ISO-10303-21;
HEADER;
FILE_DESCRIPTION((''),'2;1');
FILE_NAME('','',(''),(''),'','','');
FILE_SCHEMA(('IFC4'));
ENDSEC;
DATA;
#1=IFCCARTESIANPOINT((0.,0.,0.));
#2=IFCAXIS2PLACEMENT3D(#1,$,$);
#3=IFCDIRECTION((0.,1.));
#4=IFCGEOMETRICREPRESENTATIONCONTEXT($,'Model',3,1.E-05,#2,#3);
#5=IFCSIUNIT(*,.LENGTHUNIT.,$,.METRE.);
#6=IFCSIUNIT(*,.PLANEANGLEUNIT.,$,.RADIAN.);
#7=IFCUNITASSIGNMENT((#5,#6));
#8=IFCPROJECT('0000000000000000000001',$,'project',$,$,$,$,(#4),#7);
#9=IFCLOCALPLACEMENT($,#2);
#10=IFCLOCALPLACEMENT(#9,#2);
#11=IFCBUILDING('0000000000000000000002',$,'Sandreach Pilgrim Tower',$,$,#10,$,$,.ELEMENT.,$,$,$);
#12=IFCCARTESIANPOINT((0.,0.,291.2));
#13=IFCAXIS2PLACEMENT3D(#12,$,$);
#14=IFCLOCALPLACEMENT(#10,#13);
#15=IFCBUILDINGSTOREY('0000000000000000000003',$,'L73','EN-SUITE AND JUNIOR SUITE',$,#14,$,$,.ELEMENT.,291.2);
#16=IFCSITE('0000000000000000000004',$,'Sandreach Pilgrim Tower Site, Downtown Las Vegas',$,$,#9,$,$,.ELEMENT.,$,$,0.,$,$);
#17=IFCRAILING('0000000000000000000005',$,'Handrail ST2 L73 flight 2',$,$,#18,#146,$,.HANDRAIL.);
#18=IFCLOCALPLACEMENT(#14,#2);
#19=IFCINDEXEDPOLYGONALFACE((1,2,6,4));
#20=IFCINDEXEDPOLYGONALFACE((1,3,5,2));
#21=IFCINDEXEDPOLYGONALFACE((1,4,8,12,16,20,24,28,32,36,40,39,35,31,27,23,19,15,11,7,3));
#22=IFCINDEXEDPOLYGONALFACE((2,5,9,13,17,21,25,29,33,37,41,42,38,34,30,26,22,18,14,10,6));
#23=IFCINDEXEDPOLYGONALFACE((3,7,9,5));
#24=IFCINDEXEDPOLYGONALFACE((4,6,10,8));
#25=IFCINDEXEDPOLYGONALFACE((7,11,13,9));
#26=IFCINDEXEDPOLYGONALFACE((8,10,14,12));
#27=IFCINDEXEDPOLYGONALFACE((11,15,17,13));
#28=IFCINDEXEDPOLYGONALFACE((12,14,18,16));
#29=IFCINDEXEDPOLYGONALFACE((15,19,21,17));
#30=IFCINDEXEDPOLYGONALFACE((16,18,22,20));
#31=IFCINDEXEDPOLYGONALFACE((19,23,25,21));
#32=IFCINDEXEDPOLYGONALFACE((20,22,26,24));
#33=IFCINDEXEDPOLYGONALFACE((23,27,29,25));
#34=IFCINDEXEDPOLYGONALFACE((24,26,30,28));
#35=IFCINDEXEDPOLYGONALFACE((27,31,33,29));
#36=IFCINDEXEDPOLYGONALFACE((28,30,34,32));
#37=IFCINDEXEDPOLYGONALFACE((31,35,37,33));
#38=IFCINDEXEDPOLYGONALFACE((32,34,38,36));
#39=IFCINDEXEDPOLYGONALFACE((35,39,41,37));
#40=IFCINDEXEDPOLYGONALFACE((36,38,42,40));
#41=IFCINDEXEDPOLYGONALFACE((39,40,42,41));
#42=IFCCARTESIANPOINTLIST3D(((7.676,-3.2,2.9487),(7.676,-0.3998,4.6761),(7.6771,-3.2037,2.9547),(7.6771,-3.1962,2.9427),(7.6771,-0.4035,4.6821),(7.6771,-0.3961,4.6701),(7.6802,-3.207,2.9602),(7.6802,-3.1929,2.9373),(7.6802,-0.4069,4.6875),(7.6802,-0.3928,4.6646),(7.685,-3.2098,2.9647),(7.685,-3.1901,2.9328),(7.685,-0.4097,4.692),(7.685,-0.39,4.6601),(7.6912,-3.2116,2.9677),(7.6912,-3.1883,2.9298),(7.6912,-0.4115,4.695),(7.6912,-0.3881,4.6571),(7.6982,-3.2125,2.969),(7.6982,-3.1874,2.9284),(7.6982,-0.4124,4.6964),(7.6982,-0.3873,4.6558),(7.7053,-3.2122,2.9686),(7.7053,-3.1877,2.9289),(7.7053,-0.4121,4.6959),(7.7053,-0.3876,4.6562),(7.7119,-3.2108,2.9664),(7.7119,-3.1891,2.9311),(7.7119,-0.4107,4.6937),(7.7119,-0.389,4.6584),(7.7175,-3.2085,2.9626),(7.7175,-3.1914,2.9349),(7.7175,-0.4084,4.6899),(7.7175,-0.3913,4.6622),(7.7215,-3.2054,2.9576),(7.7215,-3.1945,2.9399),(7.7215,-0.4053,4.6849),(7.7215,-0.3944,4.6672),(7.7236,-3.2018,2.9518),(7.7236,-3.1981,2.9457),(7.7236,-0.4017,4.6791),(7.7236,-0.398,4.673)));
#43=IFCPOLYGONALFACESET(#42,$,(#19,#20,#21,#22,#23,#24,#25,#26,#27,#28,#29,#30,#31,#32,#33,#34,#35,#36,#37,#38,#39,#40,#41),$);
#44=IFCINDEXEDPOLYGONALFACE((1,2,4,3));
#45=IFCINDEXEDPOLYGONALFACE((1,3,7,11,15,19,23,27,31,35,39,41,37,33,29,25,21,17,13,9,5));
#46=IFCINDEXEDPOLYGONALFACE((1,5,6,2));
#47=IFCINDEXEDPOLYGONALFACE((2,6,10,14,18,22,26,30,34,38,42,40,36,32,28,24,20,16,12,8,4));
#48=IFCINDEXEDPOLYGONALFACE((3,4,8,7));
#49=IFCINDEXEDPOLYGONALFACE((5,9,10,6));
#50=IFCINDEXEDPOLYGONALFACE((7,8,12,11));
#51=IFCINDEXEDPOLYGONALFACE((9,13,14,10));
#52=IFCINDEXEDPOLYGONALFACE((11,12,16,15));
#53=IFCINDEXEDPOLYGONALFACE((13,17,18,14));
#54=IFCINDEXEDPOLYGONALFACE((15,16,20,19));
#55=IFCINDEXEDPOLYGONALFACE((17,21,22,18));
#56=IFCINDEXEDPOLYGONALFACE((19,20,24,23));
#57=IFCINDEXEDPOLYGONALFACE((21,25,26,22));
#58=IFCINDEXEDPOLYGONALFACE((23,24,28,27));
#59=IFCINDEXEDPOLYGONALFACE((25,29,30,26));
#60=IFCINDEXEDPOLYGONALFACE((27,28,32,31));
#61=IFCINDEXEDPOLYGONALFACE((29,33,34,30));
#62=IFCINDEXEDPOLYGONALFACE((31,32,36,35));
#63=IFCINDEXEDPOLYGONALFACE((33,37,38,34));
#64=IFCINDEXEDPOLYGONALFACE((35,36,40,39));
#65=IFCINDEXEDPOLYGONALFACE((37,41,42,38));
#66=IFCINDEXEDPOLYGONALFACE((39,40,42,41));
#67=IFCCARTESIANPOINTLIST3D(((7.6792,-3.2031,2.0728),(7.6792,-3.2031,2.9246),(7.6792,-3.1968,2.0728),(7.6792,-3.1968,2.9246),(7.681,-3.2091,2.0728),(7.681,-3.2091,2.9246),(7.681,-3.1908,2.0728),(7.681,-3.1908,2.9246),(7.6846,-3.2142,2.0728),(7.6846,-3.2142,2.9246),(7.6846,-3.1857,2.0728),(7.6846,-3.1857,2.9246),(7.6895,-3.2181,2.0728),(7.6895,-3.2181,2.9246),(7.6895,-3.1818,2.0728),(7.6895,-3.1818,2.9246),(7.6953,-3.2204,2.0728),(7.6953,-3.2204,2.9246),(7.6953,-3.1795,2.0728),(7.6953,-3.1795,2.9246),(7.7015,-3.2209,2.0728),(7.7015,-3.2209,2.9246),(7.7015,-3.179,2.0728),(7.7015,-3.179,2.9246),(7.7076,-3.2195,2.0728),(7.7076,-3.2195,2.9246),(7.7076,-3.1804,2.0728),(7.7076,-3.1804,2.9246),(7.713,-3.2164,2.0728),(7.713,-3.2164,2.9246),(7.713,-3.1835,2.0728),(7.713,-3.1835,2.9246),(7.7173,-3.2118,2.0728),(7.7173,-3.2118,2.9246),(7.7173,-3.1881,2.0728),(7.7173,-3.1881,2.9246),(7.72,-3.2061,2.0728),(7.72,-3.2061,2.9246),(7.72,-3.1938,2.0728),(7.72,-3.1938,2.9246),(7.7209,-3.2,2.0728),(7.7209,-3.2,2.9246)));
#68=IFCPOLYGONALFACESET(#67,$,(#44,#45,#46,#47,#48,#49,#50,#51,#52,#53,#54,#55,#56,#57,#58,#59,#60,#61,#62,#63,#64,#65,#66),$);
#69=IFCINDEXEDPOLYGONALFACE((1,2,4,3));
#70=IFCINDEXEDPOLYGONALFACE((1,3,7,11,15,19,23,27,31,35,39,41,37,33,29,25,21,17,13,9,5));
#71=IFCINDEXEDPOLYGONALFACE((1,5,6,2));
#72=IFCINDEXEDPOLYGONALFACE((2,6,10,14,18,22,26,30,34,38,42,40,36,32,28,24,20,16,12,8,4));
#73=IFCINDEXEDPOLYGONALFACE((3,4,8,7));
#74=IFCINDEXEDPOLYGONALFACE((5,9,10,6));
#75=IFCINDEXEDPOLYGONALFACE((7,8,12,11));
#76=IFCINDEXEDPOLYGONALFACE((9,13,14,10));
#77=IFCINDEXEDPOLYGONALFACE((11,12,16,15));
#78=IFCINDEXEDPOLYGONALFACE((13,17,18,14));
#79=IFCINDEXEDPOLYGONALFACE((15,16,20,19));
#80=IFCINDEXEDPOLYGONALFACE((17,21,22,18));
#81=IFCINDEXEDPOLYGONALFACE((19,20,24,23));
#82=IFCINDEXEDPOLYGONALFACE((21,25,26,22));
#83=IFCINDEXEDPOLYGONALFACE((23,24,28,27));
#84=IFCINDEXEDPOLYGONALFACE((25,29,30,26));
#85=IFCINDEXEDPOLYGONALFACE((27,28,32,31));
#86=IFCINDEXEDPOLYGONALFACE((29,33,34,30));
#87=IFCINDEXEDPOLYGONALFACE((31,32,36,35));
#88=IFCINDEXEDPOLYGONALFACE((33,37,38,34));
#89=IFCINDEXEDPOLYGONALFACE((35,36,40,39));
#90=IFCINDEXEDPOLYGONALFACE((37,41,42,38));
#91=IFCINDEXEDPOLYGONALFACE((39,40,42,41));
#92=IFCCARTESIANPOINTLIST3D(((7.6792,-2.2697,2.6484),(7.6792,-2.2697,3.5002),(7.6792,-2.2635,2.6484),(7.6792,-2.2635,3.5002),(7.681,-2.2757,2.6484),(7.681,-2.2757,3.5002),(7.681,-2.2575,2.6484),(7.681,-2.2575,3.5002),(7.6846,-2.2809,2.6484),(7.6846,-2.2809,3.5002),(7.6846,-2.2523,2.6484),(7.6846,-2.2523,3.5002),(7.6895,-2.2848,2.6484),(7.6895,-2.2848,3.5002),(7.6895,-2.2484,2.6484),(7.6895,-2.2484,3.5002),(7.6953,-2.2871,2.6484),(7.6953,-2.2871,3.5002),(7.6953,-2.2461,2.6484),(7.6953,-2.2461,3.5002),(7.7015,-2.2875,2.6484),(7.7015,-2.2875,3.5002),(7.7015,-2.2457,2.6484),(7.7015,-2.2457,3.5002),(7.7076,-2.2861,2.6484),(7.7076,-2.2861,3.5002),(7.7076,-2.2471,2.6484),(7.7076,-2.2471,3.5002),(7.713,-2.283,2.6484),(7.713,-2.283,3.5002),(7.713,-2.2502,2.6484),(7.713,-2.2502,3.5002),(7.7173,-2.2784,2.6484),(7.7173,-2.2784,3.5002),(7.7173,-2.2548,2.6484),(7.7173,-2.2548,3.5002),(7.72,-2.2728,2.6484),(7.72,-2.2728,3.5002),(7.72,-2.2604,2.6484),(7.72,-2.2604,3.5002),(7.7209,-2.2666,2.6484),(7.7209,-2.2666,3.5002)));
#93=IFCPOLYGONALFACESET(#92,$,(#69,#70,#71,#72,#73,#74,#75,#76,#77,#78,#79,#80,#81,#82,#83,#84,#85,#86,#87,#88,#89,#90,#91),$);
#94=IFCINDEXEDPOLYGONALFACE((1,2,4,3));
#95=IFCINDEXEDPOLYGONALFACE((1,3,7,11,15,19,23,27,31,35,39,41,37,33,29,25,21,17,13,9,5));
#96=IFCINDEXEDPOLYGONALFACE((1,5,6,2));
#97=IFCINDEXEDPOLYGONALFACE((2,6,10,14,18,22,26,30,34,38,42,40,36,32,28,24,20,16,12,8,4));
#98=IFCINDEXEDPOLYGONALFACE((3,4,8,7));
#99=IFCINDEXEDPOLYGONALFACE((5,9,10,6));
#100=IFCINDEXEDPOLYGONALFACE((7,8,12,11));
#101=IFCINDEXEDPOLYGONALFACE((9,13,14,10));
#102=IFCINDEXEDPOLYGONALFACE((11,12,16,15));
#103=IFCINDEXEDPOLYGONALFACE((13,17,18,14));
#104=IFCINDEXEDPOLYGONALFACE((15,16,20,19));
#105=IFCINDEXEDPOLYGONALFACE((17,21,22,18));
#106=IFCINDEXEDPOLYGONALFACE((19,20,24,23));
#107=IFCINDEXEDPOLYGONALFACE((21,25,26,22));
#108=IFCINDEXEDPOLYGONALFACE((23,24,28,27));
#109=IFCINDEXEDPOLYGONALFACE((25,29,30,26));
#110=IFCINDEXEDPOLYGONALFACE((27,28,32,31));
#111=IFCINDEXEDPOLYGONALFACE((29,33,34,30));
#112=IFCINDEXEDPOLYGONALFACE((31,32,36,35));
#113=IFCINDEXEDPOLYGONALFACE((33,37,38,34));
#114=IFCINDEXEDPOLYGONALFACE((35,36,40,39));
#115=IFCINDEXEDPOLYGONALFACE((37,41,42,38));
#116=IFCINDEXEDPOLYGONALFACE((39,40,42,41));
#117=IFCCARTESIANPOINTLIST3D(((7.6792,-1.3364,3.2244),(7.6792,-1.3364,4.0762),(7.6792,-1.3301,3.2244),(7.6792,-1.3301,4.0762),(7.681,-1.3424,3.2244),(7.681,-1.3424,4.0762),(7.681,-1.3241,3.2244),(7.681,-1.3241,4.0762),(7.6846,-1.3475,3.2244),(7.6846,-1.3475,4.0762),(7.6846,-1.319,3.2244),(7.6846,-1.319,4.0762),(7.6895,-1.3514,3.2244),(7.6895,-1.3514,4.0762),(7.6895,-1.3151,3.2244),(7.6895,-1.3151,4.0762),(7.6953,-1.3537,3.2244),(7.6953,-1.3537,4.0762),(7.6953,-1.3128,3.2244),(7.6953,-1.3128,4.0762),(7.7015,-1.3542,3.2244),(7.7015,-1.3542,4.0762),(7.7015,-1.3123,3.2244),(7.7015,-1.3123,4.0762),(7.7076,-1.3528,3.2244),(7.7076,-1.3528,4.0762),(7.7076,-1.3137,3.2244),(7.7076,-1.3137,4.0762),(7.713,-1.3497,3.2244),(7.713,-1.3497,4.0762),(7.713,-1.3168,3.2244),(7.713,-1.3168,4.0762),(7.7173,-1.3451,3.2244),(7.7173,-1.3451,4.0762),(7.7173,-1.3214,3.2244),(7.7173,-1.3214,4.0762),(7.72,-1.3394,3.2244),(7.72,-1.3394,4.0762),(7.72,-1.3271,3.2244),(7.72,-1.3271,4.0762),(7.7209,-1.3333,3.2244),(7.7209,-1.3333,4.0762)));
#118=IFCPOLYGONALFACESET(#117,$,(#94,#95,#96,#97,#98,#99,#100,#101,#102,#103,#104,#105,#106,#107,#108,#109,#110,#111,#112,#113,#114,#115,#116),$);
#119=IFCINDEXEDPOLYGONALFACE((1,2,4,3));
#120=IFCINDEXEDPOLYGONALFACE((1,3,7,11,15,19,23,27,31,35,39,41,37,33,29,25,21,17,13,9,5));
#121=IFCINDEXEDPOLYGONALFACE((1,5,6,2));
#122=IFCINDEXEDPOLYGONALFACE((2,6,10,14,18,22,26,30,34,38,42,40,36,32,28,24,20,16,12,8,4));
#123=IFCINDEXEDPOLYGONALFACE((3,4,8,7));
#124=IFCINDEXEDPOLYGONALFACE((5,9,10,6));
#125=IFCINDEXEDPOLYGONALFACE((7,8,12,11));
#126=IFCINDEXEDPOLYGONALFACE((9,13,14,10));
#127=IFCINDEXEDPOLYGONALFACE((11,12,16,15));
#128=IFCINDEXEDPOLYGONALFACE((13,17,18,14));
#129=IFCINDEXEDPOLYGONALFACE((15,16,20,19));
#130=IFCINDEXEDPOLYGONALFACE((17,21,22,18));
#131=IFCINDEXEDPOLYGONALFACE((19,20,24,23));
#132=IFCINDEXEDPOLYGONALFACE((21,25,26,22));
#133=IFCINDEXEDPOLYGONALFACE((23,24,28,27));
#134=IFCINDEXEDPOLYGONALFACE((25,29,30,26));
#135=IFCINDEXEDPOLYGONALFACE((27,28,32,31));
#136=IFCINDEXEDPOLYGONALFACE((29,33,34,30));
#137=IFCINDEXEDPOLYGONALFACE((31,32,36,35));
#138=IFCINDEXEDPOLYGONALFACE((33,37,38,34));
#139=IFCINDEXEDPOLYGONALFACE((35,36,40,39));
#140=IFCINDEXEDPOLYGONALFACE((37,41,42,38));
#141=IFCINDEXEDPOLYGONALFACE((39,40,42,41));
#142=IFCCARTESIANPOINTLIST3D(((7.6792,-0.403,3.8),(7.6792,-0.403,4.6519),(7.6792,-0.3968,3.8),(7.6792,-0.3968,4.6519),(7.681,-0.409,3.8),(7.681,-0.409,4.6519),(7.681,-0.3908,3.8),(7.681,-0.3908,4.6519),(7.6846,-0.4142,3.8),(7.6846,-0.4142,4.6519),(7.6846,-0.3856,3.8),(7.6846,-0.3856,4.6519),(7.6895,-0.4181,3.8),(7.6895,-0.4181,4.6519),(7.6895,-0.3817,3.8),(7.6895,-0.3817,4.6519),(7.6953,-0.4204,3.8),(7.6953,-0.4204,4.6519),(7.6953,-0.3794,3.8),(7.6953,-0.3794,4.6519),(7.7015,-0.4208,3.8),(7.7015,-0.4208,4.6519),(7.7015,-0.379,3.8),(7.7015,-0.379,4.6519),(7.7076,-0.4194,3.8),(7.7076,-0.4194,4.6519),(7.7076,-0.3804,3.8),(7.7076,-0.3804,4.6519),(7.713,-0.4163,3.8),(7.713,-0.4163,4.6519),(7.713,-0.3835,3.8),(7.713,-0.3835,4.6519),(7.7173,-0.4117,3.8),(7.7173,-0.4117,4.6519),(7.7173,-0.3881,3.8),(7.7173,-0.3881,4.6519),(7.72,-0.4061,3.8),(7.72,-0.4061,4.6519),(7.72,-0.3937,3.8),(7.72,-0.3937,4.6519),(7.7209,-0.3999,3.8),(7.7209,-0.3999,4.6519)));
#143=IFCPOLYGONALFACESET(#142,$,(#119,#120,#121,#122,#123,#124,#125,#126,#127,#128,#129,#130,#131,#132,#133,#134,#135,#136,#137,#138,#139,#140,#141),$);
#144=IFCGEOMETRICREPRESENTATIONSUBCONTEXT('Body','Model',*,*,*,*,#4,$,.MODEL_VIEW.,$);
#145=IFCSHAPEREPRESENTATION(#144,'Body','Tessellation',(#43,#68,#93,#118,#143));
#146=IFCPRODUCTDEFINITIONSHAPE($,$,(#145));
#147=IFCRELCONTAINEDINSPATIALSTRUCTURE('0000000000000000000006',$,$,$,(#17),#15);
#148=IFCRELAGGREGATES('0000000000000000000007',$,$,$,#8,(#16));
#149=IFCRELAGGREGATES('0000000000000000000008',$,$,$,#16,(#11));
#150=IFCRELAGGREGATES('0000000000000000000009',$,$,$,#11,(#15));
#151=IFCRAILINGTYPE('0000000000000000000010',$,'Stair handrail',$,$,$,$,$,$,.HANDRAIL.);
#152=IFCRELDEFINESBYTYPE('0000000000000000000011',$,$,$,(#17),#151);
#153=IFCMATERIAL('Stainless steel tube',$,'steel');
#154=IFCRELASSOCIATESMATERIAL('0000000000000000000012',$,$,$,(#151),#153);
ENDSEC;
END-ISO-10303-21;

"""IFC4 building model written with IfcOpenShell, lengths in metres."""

from ifc_helpers import new_model, si_unit, direction, frame, origin, origin_2d, place, context, subcontext, project, spatial, circle, extrude, material, type_object, element, save


model = new_model("IFC4")

# Units and contexts
model_context = context("Model", 3, precision=1e-05, world=origin(), true_north=direction((0.0, 1.0)))
body_context = subcontext(model_context, "Body", "Model", "MODEL_VIEW")
ifc_project = project(units=[si_unit("LENGTHUNIT", "METRE"), si_unit("PLANEANGLEUNIT", "RADIAN")], contexts=[model_context])

# Site, building, storey
site_placement = place(None, origin())
site = spatial("IfcSite", under=ifc_project, at=site_placement, Name="Sandreach Pilgrim Tower Site, Downtown Las Vegas", CompositionType="ELEMENT", RefElevation=0.0)
building_placement = place(site_placement, origin())
building = spatial("IfcBuilding", under=site, at=building_placement, Name="Sandreach Pilgrim Tower", CompositionType="ELEMENT")
storey_placement = place(building_placement, frame((0.0, 0.0, 291.2)))
storey = spatial("IfcBuildingStorey", under=building, at=storey_placement, Name="L73", Description="EN-SUITE AND JUNIOR SUITE", CompositionType="ELEMENT", Elevation=291.2)

# Railing
ifc_material_1 = material(Name="Stainless steel tube", Category="steel")
railing_type = type_object("IfcRailingType", Name="Stair handrail", PredefinedType="HANDRAIL", material=ifc_material_1)
railing_placement = place(storey_placement, frame((7.7, -3.2, 2.0728)))
element("IfcRailing", 1, at=railing_placement, inside=storey, type_object=railing_type, Name="Handrail ST2 L73 flight 2", PredefinedType="HANDRAIL", context=body_context, shape_type="SweptSolid", body=[
    extrude(circle(Radius=0.0239, at=origin_2d()), frame((0.0, 0.0, 0.876), z_axis=(0.0, 0.85109, 0.52502), x_axis=(-1.0, 0.0, 0.0)), (0.0, 0.0, 1.0), 3.29),
    extrude(circle(Radius=0.021, at=origin_2d()), origin(), (0.0, 0.0, 1.0), 0.8518),
    extrude(circle(Radius=0.021, at=origin_2d()), frame((0.0, 0.9333, 0.5757)), (0.0, 0.0, 1.0), 0.8518),
    extrude(circle(Radius=0.021, at=origin_2d()), frame((0.0, 1.8667, 1.1516)), (0.0, 0.0, 1.0), 0.8518),
    extrude(circle(Radius=0.021, at=origin_2d()), frame((0.0, 2.8, 1.7273)), (0.0, 0.0, 1.0), 0.8518),
])

save(model, "model.ifc")
